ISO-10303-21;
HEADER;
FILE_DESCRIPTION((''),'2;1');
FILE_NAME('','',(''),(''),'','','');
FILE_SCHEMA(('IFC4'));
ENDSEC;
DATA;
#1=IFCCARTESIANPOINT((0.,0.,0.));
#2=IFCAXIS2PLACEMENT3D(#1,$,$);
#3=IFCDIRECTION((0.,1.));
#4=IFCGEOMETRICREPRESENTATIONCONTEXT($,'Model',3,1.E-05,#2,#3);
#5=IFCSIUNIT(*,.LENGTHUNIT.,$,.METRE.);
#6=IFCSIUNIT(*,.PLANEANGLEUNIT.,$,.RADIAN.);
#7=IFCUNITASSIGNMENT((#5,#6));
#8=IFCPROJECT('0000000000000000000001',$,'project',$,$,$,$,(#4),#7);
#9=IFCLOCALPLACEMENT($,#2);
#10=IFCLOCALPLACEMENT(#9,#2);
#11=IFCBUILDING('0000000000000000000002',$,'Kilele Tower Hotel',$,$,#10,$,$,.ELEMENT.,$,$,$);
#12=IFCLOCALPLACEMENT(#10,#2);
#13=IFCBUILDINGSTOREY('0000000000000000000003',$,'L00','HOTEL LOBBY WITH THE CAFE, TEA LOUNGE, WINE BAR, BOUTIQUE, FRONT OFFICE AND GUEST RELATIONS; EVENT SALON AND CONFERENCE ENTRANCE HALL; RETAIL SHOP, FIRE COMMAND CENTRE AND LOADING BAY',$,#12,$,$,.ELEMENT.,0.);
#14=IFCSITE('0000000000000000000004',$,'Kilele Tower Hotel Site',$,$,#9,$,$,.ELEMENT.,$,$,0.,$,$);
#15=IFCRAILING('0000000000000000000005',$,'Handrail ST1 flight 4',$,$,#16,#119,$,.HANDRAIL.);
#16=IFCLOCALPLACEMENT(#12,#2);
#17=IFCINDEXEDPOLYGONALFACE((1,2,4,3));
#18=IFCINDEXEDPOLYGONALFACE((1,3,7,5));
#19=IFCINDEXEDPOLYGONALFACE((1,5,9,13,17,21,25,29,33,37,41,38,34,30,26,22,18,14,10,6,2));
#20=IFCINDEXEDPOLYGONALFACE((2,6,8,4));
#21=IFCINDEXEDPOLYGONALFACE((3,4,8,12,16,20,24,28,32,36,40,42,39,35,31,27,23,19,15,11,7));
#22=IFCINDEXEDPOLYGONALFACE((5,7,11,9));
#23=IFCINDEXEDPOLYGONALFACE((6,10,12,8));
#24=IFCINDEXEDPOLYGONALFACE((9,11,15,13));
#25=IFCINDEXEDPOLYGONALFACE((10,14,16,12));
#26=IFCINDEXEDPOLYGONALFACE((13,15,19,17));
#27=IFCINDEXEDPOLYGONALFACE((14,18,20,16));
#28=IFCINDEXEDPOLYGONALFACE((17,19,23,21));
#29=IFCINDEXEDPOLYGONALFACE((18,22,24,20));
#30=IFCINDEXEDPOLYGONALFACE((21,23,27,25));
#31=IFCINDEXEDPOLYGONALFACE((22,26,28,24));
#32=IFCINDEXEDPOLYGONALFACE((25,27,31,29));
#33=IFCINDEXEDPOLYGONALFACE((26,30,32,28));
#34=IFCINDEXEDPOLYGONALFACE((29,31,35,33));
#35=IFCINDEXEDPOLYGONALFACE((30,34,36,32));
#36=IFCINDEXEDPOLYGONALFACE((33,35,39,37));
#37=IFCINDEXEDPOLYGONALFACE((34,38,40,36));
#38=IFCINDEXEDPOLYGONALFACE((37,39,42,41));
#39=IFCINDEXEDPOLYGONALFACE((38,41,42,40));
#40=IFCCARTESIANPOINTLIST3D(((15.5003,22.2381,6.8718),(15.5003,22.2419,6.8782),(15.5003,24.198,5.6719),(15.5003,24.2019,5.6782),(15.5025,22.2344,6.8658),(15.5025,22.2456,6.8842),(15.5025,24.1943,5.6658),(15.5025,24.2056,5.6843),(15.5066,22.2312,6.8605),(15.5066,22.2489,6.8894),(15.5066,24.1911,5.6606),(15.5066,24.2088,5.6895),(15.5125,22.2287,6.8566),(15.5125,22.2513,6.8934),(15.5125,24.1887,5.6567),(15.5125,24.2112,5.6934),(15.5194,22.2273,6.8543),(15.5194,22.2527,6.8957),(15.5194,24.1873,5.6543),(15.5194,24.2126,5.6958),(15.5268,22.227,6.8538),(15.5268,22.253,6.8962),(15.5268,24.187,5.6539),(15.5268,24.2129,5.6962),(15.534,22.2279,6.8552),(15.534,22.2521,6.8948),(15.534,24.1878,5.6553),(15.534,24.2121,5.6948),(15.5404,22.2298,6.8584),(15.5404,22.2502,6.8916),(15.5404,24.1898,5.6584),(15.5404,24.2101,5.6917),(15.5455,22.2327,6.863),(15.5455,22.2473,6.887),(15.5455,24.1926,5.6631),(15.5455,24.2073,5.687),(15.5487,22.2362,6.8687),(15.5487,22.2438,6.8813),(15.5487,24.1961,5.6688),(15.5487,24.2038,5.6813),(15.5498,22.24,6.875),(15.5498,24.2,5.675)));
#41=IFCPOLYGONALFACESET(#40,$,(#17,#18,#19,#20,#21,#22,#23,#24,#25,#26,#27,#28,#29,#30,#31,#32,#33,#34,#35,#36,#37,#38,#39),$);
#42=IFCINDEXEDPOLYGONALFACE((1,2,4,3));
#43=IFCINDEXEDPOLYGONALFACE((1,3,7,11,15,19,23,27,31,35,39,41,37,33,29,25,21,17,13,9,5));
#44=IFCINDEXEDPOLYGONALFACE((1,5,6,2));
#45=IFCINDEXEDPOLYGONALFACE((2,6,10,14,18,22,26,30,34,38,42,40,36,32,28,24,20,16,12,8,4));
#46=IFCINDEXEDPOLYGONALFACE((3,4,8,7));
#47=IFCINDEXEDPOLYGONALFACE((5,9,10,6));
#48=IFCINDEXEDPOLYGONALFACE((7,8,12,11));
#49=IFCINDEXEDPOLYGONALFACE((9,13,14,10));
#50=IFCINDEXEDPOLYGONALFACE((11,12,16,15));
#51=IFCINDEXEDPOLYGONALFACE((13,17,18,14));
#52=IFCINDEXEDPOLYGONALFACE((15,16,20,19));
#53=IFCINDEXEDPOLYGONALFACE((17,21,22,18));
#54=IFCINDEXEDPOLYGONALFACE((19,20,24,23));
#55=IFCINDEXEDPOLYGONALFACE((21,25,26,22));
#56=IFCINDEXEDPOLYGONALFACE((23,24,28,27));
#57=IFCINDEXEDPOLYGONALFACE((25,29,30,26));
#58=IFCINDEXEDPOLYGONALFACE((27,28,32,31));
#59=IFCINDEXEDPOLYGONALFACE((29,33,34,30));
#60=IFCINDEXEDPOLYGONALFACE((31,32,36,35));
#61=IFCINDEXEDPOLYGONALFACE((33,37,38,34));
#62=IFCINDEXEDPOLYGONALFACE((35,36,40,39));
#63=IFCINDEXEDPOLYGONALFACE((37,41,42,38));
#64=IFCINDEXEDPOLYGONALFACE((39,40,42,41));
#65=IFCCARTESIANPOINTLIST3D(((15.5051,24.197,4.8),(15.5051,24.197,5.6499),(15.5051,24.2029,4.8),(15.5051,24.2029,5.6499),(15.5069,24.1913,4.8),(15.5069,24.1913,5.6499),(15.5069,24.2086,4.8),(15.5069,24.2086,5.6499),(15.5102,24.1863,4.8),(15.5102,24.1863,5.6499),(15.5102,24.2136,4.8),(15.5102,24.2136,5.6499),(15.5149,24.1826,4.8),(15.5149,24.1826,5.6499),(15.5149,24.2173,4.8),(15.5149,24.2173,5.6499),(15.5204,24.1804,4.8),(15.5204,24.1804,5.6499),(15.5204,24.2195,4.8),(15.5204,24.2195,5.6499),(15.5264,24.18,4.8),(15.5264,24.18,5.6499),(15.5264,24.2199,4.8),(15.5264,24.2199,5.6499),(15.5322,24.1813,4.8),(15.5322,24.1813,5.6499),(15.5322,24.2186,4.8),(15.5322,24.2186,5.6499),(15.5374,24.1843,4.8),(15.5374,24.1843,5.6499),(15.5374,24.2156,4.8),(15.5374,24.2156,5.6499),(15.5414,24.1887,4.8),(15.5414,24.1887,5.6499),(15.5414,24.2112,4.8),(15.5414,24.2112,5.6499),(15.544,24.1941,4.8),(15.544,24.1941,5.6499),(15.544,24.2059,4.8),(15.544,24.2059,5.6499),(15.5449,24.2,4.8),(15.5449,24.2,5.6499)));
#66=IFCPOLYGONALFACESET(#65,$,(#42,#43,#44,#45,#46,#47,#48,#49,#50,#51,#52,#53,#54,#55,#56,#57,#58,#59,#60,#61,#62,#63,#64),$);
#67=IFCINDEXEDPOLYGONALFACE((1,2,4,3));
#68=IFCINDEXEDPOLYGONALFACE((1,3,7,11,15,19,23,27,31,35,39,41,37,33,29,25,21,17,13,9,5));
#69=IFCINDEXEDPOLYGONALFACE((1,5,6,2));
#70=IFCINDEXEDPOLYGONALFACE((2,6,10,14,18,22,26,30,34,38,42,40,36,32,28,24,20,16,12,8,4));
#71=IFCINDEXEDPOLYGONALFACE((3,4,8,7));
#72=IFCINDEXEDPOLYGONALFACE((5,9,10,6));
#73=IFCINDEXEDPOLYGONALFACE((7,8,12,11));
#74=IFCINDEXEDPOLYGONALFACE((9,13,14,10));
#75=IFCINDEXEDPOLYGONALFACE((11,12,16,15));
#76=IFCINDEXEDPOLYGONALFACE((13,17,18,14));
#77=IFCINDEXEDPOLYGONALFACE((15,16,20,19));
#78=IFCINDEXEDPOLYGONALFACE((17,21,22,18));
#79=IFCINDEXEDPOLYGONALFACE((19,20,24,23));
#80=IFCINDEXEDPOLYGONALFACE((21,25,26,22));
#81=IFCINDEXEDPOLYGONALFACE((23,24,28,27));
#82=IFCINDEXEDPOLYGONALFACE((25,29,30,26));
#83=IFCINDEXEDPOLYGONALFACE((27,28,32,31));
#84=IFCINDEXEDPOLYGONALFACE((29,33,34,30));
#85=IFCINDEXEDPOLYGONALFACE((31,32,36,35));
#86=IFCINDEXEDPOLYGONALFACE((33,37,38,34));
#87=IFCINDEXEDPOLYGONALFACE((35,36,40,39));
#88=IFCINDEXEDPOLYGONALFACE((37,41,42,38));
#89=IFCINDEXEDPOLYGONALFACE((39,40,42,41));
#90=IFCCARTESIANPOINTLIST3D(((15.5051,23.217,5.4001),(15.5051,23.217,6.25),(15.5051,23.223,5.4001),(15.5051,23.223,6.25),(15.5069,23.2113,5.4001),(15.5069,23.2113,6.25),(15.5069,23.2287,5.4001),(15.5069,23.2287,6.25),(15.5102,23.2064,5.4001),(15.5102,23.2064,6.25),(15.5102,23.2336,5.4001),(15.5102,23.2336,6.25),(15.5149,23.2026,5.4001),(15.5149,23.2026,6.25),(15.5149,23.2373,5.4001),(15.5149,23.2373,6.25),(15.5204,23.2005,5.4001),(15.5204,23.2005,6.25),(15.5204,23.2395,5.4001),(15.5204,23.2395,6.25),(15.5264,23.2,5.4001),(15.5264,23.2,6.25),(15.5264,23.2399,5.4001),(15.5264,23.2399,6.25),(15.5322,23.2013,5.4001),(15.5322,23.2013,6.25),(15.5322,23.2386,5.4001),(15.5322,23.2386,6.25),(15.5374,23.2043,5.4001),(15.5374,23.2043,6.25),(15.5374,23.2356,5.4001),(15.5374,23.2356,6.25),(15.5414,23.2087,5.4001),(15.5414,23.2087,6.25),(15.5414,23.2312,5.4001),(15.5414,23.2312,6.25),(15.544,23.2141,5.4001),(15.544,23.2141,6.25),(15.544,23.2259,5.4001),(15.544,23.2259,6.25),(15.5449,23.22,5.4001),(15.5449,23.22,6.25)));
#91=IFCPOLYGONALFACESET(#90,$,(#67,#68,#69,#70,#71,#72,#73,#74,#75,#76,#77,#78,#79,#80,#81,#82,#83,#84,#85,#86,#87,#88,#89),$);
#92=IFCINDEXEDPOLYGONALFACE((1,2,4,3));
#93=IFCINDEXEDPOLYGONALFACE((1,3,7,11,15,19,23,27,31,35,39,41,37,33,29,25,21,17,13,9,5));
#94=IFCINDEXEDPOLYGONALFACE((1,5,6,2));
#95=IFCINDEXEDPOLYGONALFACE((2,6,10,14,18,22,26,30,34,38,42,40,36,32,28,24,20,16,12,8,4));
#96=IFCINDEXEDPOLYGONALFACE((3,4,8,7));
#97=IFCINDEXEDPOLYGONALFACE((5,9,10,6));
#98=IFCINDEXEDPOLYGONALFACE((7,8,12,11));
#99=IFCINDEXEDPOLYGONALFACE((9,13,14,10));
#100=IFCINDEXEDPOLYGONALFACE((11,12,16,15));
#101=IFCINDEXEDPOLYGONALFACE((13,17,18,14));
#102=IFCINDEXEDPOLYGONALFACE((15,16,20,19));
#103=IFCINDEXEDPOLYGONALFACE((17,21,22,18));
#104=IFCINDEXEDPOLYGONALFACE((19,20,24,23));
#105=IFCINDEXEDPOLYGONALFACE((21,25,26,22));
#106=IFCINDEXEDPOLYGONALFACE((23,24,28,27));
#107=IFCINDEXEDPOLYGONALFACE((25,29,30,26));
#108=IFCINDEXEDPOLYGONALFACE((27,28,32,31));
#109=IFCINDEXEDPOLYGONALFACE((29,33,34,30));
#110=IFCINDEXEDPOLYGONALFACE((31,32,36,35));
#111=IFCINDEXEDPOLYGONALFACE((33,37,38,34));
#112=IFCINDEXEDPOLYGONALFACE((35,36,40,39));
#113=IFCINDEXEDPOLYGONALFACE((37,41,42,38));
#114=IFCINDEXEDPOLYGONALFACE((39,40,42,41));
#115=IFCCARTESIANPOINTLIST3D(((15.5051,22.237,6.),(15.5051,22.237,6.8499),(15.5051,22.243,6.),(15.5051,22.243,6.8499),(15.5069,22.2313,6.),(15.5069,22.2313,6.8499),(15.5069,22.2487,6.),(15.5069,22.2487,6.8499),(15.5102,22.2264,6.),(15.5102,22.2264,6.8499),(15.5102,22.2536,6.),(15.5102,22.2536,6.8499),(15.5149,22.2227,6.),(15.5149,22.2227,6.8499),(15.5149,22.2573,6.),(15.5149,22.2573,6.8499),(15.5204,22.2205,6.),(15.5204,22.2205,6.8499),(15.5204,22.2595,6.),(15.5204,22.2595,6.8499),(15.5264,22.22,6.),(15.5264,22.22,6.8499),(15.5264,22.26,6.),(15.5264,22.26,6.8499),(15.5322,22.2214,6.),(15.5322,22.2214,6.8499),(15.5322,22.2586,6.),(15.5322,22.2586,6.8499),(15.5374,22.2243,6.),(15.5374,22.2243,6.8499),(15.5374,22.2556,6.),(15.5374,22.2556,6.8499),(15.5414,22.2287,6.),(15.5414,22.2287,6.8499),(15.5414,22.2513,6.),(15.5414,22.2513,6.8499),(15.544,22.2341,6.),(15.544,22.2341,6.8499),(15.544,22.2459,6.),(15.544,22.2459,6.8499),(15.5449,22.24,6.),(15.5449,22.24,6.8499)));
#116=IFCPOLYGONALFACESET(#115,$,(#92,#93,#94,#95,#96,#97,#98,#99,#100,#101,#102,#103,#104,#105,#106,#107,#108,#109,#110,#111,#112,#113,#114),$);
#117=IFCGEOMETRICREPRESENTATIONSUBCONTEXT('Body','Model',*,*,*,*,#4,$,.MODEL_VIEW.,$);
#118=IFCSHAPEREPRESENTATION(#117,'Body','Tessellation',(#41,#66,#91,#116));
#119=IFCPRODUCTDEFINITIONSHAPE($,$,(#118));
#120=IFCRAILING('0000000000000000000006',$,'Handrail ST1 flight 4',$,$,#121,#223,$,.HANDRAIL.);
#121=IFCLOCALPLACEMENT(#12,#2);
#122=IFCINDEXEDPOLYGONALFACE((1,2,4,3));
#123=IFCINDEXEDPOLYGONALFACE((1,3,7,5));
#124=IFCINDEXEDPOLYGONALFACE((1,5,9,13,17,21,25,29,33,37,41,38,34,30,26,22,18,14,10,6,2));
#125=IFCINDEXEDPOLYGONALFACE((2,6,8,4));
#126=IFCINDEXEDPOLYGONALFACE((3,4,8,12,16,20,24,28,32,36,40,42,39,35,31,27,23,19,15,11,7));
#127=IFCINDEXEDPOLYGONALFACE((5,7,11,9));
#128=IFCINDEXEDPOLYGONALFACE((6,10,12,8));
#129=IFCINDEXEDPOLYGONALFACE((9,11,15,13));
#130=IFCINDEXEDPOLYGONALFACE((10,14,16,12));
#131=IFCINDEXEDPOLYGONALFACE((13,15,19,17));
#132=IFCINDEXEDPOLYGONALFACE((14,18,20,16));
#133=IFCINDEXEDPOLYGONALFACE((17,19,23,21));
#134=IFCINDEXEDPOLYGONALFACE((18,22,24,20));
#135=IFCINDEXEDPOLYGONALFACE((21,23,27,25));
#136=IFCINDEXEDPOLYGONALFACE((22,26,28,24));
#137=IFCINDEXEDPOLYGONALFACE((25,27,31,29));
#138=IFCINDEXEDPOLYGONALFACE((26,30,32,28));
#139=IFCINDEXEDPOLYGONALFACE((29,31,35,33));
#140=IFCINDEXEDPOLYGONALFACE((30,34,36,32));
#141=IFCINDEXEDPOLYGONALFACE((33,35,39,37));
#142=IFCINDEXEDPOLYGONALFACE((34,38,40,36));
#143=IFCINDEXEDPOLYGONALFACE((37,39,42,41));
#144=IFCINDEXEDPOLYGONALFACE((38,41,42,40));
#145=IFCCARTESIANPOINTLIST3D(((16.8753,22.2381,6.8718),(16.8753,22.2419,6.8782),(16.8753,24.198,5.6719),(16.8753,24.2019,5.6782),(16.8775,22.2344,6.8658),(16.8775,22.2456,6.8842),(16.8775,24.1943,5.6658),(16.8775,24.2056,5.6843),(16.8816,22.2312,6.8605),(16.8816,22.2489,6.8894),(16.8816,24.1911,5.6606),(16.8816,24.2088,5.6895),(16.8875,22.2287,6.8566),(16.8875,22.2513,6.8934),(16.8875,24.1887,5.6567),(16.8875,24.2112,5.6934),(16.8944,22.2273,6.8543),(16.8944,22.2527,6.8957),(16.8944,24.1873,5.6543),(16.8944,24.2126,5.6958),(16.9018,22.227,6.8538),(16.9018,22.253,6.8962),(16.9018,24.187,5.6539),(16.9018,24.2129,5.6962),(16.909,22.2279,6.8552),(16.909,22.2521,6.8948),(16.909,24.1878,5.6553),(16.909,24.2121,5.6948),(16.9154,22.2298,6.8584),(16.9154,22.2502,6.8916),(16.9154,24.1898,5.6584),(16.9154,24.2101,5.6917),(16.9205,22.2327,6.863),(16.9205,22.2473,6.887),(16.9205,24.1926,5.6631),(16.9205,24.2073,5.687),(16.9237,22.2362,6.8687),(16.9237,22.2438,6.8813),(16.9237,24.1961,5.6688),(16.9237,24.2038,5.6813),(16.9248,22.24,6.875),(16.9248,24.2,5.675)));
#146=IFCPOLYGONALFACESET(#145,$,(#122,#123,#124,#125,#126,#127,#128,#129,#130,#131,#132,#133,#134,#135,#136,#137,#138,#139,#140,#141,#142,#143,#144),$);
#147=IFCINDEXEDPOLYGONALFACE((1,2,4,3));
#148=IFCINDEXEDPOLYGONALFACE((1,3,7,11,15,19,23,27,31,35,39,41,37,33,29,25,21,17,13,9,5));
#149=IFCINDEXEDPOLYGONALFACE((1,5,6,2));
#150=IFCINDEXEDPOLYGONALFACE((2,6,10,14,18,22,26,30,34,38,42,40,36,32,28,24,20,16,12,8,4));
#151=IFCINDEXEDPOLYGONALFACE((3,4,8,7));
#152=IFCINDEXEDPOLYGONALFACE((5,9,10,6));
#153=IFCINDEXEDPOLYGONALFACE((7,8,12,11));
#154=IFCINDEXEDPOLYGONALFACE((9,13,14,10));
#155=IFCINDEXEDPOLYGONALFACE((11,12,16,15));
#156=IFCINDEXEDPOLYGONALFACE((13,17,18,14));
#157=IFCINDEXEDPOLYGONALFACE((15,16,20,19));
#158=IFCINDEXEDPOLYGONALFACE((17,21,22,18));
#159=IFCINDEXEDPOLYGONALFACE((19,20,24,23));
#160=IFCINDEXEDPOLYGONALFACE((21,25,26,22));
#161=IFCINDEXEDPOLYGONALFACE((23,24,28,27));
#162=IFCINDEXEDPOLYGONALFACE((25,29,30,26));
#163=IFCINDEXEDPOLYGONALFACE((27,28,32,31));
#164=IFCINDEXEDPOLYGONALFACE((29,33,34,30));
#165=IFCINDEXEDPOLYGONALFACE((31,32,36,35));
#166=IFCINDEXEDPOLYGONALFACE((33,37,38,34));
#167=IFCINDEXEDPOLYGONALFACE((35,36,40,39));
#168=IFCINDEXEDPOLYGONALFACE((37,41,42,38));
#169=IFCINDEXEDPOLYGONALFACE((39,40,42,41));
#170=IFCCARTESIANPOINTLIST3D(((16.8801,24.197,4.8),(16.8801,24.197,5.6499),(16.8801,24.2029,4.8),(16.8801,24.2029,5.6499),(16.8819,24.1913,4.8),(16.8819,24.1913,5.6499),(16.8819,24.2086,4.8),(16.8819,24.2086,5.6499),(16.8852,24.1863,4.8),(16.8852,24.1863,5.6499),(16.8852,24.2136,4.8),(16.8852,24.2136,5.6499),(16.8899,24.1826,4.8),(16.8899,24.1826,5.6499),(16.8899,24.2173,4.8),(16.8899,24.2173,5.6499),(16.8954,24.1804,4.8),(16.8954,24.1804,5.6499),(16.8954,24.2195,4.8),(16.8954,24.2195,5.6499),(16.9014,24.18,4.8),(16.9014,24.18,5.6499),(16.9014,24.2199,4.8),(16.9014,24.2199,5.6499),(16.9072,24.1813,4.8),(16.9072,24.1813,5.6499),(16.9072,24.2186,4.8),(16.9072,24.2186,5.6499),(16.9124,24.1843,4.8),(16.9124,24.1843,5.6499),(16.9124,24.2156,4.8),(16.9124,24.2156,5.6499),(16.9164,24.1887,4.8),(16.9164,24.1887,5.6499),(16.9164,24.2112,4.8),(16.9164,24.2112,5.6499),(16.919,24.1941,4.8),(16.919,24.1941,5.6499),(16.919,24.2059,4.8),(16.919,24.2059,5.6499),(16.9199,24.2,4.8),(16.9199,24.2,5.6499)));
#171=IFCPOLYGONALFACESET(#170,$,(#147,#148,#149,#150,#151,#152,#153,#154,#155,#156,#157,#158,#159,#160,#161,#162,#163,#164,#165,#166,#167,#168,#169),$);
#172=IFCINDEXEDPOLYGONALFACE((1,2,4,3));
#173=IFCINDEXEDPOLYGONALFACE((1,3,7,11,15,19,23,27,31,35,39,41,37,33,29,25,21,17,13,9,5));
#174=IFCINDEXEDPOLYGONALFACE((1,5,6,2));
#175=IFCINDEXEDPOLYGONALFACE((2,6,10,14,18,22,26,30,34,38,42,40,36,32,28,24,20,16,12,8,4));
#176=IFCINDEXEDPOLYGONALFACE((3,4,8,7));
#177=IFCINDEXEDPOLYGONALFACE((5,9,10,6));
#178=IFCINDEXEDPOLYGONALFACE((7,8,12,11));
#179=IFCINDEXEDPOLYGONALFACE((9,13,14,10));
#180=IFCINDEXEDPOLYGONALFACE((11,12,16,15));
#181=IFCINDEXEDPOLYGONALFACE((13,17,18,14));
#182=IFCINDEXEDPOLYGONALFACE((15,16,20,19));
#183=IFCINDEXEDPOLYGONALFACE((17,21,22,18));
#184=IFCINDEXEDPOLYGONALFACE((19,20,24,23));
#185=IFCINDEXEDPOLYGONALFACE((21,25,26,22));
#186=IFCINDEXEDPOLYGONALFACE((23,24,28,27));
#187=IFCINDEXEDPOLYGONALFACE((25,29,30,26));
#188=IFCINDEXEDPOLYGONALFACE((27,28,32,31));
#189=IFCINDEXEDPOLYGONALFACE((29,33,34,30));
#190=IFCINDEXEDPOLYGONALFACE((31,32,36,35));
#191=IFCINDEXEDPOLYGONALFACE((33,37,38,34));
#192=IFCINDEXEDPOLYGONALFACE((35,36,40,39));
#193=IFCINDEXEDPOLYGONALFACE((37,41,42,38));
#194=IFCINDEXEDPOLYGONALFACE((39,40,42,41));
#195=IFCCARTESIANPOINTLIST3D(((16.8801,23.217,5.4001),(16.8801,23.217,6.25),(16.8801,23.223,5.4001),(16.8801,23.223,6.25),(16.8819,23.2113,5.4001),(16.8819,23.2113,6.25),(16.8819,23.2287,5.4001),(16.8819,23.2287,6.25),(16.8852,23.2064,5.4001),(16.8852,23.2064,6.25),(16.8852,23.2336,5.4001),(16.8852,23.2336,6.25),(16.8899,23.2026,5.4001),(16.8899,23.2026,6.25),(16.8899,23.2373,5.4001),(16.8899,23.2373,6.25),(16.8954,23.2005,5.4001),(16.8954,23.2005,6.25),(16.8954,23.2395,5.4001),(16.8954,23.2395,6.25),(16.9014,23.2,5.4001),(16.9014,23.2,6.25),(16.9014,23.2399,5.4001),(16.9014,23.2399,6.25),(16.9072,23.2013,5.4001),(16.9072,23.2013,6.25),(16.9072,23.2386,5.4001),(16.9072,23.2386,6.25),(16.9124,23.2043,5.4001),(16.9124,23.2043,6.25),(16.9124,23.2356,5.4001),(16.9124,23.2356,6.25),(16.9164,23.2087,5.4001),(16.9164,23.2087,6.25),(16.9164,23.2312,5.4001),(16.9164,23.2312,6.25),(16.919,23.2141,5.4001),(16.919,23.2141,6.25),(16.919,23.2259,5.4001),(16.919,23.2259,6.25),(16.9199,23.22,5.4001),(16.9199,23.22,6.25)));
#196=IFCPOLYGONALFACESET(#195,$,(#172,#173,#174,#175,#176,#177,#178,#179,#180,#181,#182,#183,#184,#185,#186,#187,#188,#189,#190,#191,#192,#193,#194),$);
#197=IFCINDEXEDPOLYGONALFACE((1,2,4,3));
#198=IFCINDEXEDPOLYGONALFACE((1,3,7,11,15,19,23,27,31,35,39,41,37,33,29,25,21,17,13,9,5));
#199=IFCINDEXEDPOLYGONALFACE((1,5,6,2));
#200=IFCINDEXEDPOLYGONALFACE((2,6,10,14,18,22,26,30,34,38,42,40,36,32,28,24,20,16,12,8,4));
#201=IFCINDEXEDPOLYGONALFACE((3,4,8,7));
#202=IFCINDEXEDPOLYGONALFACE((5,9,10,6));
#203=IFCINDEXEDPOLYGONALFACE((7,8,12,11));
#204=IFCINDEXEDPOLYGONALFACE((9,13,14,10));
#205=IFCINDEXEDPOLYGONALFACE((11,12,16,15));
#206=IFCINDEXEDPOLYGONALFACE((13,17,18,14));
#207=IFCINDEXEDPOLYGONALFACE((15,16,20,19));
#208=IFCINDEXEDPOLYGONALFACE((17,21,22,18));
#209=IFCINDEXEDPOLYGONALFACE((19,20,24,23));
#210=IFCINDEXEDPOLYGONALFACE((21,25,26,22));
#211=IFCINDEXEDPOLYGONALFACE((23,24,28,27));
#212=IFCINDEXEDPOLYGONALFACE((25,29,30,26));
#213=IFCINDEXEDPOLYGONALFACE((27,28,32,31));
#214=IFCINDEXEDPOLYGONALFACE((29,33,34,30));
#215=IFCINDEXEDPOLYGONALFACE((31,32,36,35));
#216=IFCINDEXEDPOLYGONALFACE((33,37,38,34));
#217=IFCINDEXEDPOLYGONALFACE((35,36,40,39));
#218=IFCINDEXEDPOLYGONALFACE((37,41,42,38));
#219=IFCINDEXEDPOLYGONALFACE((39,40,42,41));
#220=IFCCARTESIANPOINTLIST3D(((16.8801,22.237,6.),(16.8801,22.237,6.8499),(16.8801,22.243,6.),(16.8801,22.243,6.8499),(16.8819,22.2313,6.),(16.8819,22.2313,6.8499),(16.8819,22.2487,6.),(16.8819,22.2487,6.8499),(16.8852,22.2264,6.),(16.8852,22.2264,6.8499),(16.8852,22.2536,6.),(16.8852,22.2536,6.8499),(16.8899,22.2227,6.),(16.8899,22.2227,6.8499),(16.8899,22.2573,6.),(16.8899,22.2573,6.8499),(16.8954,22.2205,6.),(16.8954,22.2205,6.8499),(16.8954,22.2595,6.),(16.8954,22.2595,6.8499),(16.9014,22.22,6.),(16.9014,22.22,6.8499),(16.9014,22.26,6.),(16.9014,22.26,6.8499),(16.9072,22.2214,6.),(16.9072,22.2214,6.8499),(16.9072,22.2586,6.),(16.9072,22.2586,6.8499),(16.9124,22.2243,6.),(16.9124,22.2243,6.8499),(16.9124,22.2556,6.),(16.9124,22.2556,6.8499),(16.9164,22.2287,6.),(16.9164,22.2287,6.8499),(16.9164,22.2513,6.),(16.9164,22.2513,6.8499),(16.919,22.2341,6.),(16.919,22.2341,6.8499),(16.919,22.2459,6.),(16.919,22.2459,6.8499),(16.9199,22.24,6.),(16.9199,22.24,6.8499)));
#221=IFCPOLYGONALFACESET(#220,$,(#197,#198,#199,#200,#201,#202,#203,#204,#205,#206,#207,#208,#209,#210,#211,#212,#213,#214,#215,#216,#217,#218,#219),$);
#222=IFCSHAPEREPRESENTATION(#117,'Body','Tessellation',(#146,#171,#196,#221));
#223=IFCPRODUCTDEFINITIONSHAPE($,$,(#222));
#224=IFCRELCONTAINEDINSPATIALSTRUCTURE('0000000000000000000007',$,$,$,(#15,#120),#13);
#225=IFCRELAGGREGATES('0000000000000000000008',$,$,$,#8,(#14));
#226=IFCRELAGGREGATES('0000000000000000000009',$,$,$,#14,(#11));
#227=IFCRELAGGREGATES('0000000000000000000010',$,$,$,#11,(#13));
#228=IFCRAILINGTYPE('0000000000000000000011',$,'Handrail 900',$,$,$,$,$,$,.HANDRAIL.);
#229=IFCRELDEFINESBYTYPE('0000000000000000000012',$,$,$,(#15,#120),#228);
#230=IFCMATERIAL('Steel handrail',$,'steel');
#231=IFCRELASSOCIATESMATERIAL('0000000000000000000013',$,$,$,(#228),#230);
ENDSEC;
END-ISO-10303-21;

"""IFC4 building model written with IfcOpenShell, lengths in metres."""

from ifc_helpers import new_model, si_unit, direction, frame, origin, origin_2d, place, context, subcontext, project, spatial, circle, extrude, material, type_object, element, save


model = new_model("IFC4")

# Units and contexts
model_context = context("Model", 3, precision=1e-05, world=origin(), true_north=direction((0.0, 1.0)))
body_context = subcontext(model_context, "Body", "Model", "MODEL_VIEW")
ifc_project = project(units=[si_unit("LENGTHUNIT", "METRE"), si_unit("PLANEANGLEUNIT", "RADIAN")], contexts=[model_context])

# Site, building, storey
site_placement = place(None, origin())
site = spatial("IfcSite", under=ifc_project, at=site_placement, Name="Kilele Tower Hotel Site", CompositionType="ELEMENT", RefElevation=0.0)
building_placement = place(site_placement, origin())
building = spatial("IfcBuilding", under=site, at=building_placement, Name="Kilele Tower Hotel", CompositionType="ELEMENT")
storey_placement = place(building_placement, origin())
storey = spatial("IfcBuildingStorey", under=building, at=storey_placement, Name="L00", Description="HOTEL LOBBY WITH THE CAFE, TEA LOUNGE, WINE BAR, BOUTIQUE, FRONT OFFICE AND GUEST RELATIONS; EVENT SALON AND CONFERENCE ENTRANCE HALL; RETAIL SHOP, FIRE COMMAND CENTRE AND LOADING BAY", CompositionType="ELEMENT", Elevation=0.0)

# Railings
ifc_material_1 = material(Name="Steel handrail", Category="steel")
railing_type_1 = type_object("IfcRailingType", Name="Handrail 900", PredefinedType="HANDRAIL", material=ifc_material_1)
for number, where, name in (
    (1, (15.5249, 24.2, 4.8), "Handrail ST1 flight 4"),
    (2, (16.8999, 24.2, 4.8), "Handrail ST1 flight 4"),
):
    element("IfcRailing", number, at=place(storey_placement, frame(where)), inside=storey, type_object=railing_type_1, Name=name, PredefinedType="HANDRAIL", context=body_context, shape_type="SweptSolid", body=[
        extrude(circle(Radius=0.0249, at=origin_2d()), frame((0.0, 0.0, 0.875), z_axis=(0.0, -0.852856, 0.522146), x_axis=(1.0, 0.0, 0.0)), (0.0, 0.0, 1.0), 2.2981),
        extrude(circle(Radius=0.02, at=origin_2d()), origin(), (0.0, 0.0, 1.0), 0.8499),
        extrude(circle(Radius=0.02, at=origin_2d()), frame((0.0, -0.98, 0.6001)), (0.0, 0.0, 1.0), 0.8499),
        extrude(circle(Radius=0.02, at=origin_2d()), frame((0.0, -1.96, 1.2)), (0.0, 0.0, 1.0), 0.8499),
    ])

save(model, "model.ifc")
